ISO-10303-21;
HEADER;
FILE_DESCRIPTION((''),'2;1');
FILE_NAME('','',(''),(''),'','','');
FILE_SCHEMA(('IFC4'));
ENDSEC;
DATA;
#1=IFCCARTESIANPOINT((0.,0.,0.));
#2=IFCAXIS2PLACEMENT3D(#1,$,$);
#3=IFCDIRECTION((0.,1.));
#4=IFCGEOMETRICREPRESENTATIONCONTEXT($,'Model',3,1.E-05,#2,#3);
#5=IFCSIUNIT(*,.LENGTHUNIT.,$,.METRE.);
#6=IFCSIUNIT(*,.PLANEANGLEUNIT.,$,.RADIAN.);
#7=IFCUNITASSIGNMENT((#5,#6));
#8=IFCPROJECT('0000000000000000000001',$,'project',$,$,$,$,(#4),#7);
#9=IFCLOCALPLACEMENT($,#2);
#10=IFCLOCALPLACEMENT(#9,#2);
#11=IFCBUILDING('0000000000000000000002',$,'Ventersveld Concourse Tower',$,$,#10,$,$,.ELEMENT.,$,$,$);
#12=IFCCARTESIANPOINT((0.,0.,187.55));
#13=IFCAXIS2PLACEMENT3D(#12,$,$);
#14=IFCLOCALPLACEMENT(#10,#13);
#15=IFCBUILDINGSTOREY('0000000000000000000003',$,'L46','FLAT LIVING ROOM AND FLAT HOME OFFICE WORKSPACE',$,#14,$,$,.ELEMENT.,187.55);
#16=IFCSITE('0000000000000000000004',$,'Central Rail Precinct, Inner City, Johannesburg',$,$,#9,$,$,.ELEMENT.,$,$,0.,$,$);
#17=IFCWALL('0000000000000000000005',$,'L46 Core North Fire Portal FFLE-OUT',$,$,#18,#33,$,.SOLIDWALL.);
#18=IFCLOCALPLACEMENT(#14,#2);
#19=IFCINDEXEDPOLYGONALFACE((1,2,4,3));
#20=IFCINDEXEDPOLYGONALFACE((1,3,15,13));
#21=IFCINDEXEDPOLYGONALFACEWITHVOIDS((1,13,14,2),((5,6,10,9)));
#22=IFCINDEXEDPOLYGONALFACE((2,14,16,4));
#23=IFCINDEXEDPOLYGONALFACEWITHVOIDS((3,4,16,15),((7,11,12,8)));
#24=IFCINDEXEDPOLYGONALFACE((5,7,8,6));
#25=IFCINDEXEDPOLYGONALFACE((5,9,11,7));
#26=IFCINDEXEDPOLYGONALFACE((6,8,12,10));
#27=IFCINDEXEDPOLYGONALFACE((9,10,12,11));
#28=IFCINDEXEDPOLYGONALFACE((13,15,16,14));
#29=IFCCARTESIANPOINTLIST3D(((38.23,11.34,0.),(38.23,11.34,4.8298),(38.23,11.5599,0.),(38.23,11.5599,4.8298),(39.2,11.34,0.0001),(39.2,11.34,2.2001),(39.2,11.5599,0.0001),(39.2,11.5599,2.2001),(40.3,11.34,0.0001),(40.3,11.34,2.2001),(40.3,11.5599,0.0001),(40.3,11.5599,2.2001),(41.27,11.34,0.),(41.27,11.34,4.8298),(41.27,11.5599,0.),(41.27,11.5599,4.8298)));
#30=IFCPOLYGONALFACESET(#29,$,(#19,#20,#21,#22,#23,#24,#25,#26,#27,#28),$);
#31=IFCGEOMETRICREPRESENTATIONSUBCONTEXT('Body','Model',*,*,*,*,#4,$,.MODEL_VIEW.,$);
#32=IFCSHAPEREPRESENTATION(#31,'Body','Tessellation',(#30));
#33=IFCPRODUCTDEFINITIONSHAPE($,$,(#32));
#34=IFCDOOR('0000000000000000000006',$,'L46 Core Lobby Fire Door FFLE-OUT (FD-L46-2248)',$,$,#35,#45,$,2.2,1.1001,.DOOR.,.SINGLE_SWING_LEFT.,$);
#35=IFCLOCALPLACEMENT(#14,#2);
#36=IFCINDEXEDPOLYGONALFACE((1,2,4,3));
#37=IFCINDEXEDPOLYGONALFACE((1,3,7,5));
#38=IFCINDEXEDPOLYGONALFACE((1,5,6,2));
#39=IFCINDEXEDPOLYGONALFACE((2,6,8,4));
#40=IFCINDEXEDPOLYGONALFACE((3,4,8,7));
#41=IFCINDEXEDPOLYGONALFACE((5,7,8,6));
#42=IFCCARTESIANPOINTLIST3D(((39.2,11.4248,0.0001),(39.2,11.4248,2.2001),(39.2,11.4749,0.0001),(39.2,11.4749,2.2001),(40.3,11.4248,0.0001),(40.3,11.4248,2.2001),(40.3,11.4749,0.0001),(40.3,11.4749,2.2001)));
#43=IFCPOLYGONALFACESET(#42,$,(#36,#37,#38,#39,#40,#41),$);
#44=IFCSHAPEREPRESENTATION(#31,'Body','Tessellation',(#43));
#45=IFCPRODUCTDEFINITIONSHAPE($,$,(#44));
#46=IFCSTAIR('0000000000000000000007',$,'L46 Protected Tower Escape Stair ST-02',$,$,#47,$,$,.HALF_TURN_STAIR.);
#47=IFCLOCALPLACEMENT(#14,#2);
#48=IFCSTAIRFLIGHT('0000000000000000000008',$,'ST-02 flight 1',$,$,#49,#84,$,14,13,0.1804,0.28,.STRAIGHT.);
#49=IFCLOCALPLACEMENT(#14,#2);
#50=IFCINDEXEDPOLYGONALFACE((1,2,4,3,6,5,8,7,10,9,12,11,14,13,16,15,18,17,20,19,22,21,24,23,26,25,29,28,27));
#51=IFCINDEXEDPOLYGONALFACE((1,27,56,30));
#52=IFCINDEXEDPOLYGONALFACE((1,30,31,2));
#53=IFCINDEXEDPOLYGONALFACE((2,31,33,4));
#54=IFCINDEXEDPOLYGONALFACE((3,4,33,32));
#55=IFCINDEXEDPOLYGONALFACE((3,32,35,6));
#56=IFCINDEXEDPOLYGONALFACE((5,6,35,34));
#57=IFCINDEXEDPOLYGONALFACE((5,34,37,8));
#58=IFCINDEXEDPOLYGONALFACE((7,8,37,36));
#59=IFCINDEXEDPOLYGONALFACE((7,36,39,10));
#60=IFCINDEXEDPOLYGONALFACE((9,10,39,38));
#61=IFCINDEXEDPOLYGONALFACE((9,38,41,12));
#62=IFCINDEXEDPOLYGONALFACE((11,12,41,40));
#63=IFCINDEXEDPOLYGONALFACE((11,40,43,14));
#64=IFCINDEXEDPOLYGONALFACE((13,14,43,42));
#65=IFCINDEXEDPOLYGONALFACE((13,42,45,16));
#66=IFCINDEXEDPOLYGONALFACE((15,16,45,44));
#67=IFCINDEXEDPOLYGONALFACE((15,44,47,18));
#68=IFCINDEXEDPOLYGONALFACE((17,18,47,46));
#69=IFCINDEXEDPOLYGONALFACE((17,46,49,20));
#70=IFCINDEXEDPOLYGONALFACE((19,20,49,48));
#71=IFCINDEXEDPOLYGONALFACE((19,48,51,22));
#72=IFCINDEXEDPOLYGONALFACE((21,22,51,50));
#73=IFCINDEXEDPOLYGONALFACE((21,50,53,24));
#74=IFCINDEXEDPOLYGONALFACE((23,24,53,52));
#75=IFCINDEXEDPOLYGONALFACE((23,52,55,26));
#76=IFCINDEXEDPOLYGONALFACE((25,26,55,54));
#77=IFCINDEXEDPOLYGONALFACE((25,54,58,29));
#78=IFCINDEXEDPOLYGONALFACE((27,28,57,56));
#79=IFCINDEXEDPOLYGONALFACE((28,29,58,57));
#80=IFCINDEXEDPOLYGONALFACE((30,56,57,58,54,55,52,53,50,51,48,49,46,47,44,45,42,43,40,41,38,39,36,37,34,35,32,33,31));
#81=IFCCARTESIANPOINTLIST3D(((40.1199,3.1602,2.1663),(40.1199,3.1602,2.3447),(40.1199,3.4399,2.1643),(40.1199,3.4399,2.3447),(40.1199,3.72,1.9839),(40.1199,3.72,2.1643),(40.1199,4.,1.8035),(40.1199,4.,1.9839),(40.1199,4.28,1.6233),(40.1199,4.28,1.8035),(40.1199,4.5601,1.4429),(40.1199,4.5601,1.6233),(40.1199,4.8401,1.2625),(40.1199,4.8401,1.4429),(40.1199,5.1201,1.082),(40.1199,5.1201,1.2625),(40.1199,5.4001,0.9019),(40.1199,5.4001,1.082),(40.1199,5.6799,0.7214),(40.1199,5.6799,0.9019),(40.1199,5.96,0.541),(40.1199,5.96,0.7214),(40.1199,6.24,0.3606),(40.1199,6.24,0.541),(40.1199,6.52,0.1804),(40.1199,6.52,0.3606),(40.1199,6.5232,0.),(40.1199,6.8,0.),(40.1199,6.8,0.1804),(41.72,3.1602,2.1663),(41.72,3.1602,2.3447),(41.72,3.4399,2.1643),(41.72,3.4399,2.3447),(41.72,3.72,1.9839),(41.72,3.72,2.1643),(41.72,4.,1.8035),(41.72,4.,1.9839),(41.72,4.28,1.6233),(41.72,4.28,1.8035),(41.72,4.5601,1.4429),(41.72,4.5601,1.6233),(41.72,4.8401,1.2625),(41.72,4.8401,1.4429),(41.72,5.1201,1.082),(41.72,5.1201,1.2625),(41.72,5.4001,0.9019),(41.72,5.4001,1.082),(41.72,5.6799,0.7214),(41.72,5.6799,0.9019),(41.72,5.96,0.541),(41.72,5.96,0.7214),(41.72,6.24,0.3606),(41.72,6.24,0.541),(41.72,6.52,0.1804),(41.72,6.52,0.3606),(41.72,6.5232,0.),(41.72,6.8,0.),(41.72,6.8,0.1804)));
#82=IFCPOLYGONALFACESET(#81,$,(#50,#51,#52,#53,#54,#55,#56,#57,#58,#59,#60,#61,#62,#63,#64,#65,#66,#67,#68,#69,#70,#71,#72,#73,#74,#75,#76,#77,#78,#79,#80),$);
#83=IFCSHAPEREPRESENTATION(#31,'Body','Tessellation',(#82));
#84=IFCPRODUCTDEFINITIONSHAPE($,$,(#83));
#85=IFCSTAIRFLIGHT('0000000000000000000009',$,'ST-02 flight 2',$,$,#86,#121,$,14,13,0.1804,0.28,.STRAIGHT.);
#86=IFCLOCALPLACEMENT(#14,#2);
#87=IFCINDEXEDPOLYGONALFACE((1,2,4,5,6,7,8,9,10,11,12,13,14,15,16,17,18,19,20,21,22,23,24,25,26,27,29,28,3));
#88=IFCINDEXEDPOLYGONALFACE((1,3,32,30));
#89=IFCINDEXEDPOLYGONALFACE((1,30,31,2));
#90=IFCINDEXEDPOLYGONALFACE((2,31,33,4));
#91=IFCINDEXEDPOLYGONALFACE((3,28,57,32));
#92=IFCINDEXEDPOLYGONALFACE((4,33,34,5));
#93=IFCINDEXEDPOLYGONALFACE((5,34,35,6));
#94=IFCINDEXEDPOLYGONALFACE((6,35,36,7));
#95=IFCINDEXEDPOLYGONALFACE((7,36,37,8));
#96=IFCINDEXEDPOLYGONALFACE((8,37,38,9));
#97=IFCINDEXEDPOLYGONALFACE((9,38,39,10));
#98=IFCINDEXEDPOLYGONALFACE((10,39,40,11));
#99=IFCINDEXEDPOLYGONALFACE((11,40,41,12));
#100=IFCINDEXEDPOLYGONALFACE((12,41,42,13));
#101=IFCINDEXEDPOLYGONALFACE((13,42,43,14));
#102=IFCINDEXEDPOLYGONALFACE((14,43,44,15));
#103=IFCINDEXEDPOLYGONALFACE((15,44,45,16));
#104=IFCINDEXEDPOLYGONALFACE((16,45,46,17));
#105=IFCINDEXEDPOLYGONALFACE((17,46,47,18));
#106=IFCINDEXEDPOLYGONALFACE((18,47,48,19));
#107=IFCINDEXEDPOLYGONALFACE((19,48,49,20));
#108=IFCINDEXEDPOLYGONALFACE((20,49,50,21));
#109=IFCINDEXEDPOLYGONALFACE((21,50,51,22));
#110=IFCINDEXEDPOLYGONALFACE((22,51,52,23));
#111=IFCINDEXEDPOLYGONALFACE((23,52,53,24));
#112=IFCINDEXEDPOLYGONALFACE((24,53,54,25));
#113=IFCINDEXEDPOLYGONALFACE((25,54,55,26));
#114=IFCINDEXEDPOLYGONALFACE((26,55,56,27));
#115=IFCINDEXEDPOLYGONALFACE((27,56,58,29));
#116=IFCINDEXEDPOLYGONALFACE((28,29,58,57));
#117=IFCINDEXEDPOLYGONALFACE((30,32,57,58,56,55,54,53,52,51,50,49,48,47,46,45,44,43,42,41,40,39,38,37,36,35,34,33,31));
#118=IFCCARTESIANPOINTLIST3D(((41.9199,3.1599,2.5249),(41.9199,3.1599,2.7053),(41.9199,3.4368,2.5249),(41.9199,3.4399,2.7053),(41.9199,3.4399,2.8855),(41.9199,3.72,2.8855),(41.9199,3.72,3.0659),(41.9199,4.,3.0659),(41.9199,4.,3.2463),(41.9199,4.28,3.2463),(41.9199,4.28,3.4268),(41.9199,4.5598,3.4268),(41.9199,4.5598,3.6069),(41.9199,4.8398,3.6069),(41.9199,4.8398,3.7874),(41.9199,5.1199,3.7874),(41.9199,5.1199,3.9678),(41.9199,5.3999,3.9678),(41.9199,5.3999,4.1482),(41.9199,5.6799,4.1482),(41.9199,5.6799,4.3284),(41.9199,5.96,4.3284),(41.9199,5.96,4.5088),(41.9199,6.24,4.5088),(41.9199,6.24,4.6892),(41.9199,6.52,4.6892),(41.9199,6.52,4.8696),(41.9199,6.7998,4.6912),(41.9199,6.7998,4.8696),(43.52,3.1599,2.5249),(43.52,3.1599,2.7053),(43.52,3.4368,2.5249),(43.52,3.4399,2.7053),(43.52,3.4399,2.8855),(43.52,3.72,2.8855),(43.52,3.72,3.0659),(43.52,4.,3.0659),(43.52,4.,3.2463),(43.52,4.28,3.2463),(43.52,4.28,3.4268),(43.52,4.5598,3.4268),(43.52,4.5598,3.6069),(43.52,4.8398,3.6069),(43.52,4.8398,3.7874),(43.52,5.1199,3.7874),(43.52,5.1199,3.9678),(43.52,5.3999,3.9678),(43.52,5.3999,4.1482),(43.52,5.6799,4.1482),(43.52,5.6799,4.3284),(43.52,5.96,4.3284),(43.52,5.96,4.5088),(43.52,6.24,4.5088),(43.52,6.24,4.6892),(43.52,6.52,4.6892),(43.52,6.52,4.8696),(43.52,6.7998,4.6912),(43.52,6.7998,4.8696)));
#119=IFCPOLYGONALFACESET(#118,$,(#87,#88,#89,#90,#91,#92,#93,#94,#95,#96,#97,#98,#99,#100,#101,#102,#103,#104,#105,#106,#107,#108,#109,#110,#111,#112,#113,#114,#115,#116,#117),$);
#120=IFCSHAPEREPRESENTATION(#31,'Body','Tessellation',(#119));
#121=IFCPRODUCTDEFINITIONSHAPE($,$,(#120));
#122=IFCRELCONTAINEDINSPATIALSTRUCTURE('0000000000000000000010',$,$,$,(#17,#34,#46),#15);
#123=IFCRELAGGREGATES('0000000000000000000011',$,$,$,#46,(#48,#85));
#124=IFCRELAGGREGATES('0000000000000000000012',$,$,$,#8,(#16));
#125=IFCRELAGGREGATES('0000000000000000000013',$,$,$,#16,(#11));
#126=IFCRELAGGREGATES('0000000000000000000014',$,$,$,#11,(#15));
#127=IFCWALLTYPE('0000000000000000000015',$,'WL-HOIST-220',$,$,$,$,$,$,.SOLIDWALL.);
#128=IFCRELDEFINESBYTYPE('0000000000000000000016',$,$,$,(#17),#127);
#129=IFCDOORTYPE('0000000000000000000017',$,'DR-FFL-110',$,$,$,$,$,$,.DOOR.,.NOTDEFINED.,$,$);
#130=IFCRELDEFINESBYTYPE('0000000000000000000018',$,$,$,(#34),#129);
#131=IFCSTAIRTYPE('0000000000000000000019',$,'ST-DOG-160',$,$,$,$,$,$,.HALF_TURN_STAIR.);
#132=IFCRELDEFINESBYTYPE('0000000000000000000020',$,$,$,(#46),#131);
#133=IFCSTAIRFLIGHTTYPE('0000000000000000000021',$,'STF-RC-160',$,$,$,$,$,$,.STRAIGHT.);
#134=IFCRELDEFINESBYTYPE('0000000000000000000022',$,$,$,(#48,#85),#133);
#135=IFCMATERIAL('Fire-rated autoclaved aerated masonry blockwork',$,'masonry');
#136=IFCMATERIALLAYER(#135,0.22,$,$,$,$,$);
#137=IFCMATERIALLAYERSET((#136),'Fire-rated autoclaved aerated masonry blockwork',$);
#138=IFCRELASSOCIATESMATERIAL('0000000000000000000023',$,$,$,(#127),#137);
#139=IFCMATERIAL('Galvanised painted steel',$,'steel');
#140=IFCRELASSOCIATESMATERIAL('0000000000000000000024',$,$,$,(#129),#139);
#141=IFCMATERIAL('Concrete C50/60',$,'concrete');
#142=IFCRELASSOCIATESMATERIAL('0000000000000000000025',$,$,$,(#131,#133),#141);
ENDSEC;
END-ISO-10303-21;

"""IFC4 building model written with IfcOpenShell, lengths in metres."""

from ifc_helpers import new_model, si_unit, direction, frame, frame_2d, origin, place, context, subcontext, project, spatial, polyline, rectangle, outline, extrude, material, layer, layer_set, type_object, element, fill, aggregate, save


model = new_model("IFC4")

# Units and contexts
model_context = context("Model", 3, precision=1e-05, world=origin(), true_north=direction((0.0, 1.0)))
body_context = subcontext(model_context, "Body", "Model", "MODEL_VIEW")
ifc_project = project(units=[si_unit("LENGTHUNIT", "METRE"), si_unit("PLANEANGLEUNIT", "RADIAN")], contexts=[model_context])

# Site, building, storey
site_placement = place(None, origin())
site = spatial("IfcSite", under=ifc_project, at=site_placement, Name="Central Rail Precinct, Inner City, Johannesburg", CompositionType="ELEMENT", RefElevation=0.0)
building_placement = place(site_placement, origin())
building = spatial("IfcBuilding", under=site, at=building_placement, Name="Ventersveld Concourse Tower", CompositionType="ELEMENT")
storey_placement = place(building_placement, frame((0.0, 0.0, 187.55)))
storey = spatial("IfcBuildingStorey", under=building, at=storey_placement, Name="L46", Description="FLAT LIVING ROOM AND FLAT HOME OFFICE WORKSPACE", CompositionType="ELEMENT", Elevation=187.55)

# Shared definitions
ifc_material_1 = material(Name="Concrete C50/60", Category="concrete")

# Shared definitions
ifc_material_2 = material(Name="Fire-rated autoclaved aerated masonry blockwork", Category="masonry")
ifc_layer_1 = layer(ifc_material_2, 0.22)
ifc_layer_set_1 = layer_set([ifc_layer_1], Name="Fire-rated autoclaved aerated masonry blockwork")
wall_type_1 = type_object("IfcWallType", Name="WL-HOIST-220", PredefinedType="SOLIDWALL", material=ifc_layer_set_1)

# Wall, opening, door
ifc_material_3 = material(Name="Galvanised painted steel", Category="steel")
door_type_1 = type_object("IfcDoorType", Name="DR-FFL-110", OperationType="NOTDEFINED", PredefinedType="DOOR", material=ifc_material_3)
wall_1_placement = place(storey_placement, frame((38.23, 11.45, 0.0), z_axis=(0.0, 0.0, 1.0), x_axis=(1.0, 0.0, 0.0)))
wall_1 = element("IfcWall", 1, at=wall_1_placement, inside=storey, type_object=wall_type_1, Name="L46 Core North Fire Portal FFLE-OUT", PredefinedType="SOLIDWALL", context=body_context, shape_type="SweptSolid", body=[
    extrude(rectangle(XDim=3.04, YDim=0.22, at=frame_2d((1.52, 0.0))), origin(), (0.0, 0.0, 1.0), 4.8298),
])
opening_1_placement = place(wall_1_placement, frame((0.97, 0.0, 0.0)))
opening_1 = element("IfcOpeningElement", 2, at=opening_1_placement, cuts=wall_1, PredefinedType="OPENING", context=body_context, shape_type="SweptSolid", body=[
    extrude(rectangle(XDim=1.1001, YDim=2.2, at=frame_2d((0.55, 1.1001))), frame((0.0, 0.1201, 0.0), z_axis=(0.0, -1.0, 0.0), x_axis=(1.0, 0.0, 0.0)), (0.0, 0.0, 1.0), 0.24),
])
door_1_placement = place(opening_1_placement, origin())
door_1 = element("IfcDoor", 3, at=door_1_placement, inside=storey, type_object=door_type_1, Name="L46 Core Lobby Fire Door FFLE-OUT (FD-L46-2248)", OperationType="SINGLE_SWING_LEFT", OverallHeight=2.2, OverallWidth=1.1001, PredefinedType="DOOR", context=body_context, shape_type="SweptSolid", body=[
    extrude(rectangle(XDim=1.1001, YDim=2.2, at=frame_2d((0.55, 1.1001))), frame((0.0, 0.0249, 0.0), z_axis=(0.0, -1.0, 0.0), x_axis=(1.0, 0.0, 0.0)), (0.0, 0.0, 1.0), 0.05),
])
fill(opening_1, door_1)

# Stair, stair flights
stair_type = type_object("IfcStairType", Name="ST-DOG-160", PredefinedType="HALF_TURN_STAIR", material=ifc_material_1)
stair_placement = place(storey_placement, origin())
stair = element("IfcStair", 4, at=stair_placement, inside=storey, type_object=stair_type, Name="L46 Protected Tower Escape Stair ST-02", PredefinedType="HALF_TURN_STAIR")
stair_flight_type = type_object("IfcStairFlightType", Name="STF-RC-160", PredefinedType="STRAIGHT", material=ifc_material_1)
stair_flight_1_placement = place(storey_placement, frame((40.9199, 6.8, 0.0), z_axis=(0.0, 0.0, 1.0), x_axis=(0.0, -1.0, 0.0)))
stair_flight_1 = element("IfcStairFlight", 5, at=stair_flight_1_placement, type_object=stair_flight_type, Name="ST-02 flight 1", NumberOfRisers=14, NumberOfTreads=13, PredefinedType="STRAIGHT", RiserHeight=0.1804, TreadLength=0.28, context=body_context, shape_type="SweptSolid", body=[
    extrude(outline(polyline([(0.0, 0.0), (0.0, 0.1804), (0.28, 0.1804), (0.28, 0.3606), (0.5601, 0.3606), (0.5601, 0.541), (0.8401, 0.541), (0.8401, 0.7214), (1.1201, 0.7214), (1.1201, 0.9019), (1.3999, 0.9019), (1.3999, 1.082), (1.6799, 1.082), (1.6799, 1.2625), (1.96, 1.2625), (1.96, 1.4429), (2.24, 1.4429), (2.24, 1.6233), (2.52, 1.6233), (2.52, 1.8035), (2.8, 1.8035), (2.8, 1.9839), (3.0801, 1.9839), (3.0801, 2.1643), (3.3601, 2.1643), (3.3601, 2.3447), (3.6399, 2.3447), (3.6399, 2.5249), (3.6399, 2.1663), (0.2769, 0.0), (0.0, 0.0)])), frame((0.0, 0.8, 0.0), z_axis=(0.0, -1.0, 0.0), x_axis=(1.0, 0.0, 0.0)), (0.0, 0.0, 1.0), 1.6001),
])
stair_flight_2_placement = place(storey_placement, frame((42.72, 3.1599, 2.5249), z_axis=(0.0, 0.0, 1.0), x_axis=(0.0, 1.0, 0.0)))
stair_flight_2 = element("IfcStairFlight", 6, at=stair_flight_2_placement, type_object=stair_flight_type, Name="ST-02 flight 2", NumberOfRisers=14, NumberOfTreads=13, PredefinedType="STRAIGHT", RiserHeight=0.1804, TreadLength=0.28, context=body_context, shape_type="SweptSolid", body=[
    extrude(outline(polyline([(0.0, 0.0), (0.0, 0.1804), (0.28, 0.1804), (0.28, 0.3606), (0.5601, 0.3606), (0.5601, 0.541), (0.8401, 0.541), (0.8401, 0.7214), (1.1201, 0.7214), (1.1201, 0.9019), (1.3999, 0.9019), (1.3999, 1.082), (1.6799, 1.082), (1.6799, 1.2625), (1.96, 1.2625), (1.96, 1.4429), (2.24, 1.4429), (2.24, 1.6233), (2.52, 1.6233), (2.52, 1.8035), (2.8, 1.8035), (2.8, 1.9839), (3.0801, 1.9839), (3.0801, 2.1643), (3.3601, 2.1643), (3.3601, 2.3447), (3.6399, 2.3447), (3.6399, 2.5249), (3.6399, 2.1663), (0.2769, 0.0), (0.0, 0.0)])), frame((0.0, 0.8, 0.0), z_axis=(0.0, -1.0, 0.0), x_axis=(1.0, 0.0, 0.0)), (0.0, 0.0, 1.0), 1.6001),
])
aggregate(stair, [stair_flight_1, stair_flight_2])

save(model, "model.ifc")
